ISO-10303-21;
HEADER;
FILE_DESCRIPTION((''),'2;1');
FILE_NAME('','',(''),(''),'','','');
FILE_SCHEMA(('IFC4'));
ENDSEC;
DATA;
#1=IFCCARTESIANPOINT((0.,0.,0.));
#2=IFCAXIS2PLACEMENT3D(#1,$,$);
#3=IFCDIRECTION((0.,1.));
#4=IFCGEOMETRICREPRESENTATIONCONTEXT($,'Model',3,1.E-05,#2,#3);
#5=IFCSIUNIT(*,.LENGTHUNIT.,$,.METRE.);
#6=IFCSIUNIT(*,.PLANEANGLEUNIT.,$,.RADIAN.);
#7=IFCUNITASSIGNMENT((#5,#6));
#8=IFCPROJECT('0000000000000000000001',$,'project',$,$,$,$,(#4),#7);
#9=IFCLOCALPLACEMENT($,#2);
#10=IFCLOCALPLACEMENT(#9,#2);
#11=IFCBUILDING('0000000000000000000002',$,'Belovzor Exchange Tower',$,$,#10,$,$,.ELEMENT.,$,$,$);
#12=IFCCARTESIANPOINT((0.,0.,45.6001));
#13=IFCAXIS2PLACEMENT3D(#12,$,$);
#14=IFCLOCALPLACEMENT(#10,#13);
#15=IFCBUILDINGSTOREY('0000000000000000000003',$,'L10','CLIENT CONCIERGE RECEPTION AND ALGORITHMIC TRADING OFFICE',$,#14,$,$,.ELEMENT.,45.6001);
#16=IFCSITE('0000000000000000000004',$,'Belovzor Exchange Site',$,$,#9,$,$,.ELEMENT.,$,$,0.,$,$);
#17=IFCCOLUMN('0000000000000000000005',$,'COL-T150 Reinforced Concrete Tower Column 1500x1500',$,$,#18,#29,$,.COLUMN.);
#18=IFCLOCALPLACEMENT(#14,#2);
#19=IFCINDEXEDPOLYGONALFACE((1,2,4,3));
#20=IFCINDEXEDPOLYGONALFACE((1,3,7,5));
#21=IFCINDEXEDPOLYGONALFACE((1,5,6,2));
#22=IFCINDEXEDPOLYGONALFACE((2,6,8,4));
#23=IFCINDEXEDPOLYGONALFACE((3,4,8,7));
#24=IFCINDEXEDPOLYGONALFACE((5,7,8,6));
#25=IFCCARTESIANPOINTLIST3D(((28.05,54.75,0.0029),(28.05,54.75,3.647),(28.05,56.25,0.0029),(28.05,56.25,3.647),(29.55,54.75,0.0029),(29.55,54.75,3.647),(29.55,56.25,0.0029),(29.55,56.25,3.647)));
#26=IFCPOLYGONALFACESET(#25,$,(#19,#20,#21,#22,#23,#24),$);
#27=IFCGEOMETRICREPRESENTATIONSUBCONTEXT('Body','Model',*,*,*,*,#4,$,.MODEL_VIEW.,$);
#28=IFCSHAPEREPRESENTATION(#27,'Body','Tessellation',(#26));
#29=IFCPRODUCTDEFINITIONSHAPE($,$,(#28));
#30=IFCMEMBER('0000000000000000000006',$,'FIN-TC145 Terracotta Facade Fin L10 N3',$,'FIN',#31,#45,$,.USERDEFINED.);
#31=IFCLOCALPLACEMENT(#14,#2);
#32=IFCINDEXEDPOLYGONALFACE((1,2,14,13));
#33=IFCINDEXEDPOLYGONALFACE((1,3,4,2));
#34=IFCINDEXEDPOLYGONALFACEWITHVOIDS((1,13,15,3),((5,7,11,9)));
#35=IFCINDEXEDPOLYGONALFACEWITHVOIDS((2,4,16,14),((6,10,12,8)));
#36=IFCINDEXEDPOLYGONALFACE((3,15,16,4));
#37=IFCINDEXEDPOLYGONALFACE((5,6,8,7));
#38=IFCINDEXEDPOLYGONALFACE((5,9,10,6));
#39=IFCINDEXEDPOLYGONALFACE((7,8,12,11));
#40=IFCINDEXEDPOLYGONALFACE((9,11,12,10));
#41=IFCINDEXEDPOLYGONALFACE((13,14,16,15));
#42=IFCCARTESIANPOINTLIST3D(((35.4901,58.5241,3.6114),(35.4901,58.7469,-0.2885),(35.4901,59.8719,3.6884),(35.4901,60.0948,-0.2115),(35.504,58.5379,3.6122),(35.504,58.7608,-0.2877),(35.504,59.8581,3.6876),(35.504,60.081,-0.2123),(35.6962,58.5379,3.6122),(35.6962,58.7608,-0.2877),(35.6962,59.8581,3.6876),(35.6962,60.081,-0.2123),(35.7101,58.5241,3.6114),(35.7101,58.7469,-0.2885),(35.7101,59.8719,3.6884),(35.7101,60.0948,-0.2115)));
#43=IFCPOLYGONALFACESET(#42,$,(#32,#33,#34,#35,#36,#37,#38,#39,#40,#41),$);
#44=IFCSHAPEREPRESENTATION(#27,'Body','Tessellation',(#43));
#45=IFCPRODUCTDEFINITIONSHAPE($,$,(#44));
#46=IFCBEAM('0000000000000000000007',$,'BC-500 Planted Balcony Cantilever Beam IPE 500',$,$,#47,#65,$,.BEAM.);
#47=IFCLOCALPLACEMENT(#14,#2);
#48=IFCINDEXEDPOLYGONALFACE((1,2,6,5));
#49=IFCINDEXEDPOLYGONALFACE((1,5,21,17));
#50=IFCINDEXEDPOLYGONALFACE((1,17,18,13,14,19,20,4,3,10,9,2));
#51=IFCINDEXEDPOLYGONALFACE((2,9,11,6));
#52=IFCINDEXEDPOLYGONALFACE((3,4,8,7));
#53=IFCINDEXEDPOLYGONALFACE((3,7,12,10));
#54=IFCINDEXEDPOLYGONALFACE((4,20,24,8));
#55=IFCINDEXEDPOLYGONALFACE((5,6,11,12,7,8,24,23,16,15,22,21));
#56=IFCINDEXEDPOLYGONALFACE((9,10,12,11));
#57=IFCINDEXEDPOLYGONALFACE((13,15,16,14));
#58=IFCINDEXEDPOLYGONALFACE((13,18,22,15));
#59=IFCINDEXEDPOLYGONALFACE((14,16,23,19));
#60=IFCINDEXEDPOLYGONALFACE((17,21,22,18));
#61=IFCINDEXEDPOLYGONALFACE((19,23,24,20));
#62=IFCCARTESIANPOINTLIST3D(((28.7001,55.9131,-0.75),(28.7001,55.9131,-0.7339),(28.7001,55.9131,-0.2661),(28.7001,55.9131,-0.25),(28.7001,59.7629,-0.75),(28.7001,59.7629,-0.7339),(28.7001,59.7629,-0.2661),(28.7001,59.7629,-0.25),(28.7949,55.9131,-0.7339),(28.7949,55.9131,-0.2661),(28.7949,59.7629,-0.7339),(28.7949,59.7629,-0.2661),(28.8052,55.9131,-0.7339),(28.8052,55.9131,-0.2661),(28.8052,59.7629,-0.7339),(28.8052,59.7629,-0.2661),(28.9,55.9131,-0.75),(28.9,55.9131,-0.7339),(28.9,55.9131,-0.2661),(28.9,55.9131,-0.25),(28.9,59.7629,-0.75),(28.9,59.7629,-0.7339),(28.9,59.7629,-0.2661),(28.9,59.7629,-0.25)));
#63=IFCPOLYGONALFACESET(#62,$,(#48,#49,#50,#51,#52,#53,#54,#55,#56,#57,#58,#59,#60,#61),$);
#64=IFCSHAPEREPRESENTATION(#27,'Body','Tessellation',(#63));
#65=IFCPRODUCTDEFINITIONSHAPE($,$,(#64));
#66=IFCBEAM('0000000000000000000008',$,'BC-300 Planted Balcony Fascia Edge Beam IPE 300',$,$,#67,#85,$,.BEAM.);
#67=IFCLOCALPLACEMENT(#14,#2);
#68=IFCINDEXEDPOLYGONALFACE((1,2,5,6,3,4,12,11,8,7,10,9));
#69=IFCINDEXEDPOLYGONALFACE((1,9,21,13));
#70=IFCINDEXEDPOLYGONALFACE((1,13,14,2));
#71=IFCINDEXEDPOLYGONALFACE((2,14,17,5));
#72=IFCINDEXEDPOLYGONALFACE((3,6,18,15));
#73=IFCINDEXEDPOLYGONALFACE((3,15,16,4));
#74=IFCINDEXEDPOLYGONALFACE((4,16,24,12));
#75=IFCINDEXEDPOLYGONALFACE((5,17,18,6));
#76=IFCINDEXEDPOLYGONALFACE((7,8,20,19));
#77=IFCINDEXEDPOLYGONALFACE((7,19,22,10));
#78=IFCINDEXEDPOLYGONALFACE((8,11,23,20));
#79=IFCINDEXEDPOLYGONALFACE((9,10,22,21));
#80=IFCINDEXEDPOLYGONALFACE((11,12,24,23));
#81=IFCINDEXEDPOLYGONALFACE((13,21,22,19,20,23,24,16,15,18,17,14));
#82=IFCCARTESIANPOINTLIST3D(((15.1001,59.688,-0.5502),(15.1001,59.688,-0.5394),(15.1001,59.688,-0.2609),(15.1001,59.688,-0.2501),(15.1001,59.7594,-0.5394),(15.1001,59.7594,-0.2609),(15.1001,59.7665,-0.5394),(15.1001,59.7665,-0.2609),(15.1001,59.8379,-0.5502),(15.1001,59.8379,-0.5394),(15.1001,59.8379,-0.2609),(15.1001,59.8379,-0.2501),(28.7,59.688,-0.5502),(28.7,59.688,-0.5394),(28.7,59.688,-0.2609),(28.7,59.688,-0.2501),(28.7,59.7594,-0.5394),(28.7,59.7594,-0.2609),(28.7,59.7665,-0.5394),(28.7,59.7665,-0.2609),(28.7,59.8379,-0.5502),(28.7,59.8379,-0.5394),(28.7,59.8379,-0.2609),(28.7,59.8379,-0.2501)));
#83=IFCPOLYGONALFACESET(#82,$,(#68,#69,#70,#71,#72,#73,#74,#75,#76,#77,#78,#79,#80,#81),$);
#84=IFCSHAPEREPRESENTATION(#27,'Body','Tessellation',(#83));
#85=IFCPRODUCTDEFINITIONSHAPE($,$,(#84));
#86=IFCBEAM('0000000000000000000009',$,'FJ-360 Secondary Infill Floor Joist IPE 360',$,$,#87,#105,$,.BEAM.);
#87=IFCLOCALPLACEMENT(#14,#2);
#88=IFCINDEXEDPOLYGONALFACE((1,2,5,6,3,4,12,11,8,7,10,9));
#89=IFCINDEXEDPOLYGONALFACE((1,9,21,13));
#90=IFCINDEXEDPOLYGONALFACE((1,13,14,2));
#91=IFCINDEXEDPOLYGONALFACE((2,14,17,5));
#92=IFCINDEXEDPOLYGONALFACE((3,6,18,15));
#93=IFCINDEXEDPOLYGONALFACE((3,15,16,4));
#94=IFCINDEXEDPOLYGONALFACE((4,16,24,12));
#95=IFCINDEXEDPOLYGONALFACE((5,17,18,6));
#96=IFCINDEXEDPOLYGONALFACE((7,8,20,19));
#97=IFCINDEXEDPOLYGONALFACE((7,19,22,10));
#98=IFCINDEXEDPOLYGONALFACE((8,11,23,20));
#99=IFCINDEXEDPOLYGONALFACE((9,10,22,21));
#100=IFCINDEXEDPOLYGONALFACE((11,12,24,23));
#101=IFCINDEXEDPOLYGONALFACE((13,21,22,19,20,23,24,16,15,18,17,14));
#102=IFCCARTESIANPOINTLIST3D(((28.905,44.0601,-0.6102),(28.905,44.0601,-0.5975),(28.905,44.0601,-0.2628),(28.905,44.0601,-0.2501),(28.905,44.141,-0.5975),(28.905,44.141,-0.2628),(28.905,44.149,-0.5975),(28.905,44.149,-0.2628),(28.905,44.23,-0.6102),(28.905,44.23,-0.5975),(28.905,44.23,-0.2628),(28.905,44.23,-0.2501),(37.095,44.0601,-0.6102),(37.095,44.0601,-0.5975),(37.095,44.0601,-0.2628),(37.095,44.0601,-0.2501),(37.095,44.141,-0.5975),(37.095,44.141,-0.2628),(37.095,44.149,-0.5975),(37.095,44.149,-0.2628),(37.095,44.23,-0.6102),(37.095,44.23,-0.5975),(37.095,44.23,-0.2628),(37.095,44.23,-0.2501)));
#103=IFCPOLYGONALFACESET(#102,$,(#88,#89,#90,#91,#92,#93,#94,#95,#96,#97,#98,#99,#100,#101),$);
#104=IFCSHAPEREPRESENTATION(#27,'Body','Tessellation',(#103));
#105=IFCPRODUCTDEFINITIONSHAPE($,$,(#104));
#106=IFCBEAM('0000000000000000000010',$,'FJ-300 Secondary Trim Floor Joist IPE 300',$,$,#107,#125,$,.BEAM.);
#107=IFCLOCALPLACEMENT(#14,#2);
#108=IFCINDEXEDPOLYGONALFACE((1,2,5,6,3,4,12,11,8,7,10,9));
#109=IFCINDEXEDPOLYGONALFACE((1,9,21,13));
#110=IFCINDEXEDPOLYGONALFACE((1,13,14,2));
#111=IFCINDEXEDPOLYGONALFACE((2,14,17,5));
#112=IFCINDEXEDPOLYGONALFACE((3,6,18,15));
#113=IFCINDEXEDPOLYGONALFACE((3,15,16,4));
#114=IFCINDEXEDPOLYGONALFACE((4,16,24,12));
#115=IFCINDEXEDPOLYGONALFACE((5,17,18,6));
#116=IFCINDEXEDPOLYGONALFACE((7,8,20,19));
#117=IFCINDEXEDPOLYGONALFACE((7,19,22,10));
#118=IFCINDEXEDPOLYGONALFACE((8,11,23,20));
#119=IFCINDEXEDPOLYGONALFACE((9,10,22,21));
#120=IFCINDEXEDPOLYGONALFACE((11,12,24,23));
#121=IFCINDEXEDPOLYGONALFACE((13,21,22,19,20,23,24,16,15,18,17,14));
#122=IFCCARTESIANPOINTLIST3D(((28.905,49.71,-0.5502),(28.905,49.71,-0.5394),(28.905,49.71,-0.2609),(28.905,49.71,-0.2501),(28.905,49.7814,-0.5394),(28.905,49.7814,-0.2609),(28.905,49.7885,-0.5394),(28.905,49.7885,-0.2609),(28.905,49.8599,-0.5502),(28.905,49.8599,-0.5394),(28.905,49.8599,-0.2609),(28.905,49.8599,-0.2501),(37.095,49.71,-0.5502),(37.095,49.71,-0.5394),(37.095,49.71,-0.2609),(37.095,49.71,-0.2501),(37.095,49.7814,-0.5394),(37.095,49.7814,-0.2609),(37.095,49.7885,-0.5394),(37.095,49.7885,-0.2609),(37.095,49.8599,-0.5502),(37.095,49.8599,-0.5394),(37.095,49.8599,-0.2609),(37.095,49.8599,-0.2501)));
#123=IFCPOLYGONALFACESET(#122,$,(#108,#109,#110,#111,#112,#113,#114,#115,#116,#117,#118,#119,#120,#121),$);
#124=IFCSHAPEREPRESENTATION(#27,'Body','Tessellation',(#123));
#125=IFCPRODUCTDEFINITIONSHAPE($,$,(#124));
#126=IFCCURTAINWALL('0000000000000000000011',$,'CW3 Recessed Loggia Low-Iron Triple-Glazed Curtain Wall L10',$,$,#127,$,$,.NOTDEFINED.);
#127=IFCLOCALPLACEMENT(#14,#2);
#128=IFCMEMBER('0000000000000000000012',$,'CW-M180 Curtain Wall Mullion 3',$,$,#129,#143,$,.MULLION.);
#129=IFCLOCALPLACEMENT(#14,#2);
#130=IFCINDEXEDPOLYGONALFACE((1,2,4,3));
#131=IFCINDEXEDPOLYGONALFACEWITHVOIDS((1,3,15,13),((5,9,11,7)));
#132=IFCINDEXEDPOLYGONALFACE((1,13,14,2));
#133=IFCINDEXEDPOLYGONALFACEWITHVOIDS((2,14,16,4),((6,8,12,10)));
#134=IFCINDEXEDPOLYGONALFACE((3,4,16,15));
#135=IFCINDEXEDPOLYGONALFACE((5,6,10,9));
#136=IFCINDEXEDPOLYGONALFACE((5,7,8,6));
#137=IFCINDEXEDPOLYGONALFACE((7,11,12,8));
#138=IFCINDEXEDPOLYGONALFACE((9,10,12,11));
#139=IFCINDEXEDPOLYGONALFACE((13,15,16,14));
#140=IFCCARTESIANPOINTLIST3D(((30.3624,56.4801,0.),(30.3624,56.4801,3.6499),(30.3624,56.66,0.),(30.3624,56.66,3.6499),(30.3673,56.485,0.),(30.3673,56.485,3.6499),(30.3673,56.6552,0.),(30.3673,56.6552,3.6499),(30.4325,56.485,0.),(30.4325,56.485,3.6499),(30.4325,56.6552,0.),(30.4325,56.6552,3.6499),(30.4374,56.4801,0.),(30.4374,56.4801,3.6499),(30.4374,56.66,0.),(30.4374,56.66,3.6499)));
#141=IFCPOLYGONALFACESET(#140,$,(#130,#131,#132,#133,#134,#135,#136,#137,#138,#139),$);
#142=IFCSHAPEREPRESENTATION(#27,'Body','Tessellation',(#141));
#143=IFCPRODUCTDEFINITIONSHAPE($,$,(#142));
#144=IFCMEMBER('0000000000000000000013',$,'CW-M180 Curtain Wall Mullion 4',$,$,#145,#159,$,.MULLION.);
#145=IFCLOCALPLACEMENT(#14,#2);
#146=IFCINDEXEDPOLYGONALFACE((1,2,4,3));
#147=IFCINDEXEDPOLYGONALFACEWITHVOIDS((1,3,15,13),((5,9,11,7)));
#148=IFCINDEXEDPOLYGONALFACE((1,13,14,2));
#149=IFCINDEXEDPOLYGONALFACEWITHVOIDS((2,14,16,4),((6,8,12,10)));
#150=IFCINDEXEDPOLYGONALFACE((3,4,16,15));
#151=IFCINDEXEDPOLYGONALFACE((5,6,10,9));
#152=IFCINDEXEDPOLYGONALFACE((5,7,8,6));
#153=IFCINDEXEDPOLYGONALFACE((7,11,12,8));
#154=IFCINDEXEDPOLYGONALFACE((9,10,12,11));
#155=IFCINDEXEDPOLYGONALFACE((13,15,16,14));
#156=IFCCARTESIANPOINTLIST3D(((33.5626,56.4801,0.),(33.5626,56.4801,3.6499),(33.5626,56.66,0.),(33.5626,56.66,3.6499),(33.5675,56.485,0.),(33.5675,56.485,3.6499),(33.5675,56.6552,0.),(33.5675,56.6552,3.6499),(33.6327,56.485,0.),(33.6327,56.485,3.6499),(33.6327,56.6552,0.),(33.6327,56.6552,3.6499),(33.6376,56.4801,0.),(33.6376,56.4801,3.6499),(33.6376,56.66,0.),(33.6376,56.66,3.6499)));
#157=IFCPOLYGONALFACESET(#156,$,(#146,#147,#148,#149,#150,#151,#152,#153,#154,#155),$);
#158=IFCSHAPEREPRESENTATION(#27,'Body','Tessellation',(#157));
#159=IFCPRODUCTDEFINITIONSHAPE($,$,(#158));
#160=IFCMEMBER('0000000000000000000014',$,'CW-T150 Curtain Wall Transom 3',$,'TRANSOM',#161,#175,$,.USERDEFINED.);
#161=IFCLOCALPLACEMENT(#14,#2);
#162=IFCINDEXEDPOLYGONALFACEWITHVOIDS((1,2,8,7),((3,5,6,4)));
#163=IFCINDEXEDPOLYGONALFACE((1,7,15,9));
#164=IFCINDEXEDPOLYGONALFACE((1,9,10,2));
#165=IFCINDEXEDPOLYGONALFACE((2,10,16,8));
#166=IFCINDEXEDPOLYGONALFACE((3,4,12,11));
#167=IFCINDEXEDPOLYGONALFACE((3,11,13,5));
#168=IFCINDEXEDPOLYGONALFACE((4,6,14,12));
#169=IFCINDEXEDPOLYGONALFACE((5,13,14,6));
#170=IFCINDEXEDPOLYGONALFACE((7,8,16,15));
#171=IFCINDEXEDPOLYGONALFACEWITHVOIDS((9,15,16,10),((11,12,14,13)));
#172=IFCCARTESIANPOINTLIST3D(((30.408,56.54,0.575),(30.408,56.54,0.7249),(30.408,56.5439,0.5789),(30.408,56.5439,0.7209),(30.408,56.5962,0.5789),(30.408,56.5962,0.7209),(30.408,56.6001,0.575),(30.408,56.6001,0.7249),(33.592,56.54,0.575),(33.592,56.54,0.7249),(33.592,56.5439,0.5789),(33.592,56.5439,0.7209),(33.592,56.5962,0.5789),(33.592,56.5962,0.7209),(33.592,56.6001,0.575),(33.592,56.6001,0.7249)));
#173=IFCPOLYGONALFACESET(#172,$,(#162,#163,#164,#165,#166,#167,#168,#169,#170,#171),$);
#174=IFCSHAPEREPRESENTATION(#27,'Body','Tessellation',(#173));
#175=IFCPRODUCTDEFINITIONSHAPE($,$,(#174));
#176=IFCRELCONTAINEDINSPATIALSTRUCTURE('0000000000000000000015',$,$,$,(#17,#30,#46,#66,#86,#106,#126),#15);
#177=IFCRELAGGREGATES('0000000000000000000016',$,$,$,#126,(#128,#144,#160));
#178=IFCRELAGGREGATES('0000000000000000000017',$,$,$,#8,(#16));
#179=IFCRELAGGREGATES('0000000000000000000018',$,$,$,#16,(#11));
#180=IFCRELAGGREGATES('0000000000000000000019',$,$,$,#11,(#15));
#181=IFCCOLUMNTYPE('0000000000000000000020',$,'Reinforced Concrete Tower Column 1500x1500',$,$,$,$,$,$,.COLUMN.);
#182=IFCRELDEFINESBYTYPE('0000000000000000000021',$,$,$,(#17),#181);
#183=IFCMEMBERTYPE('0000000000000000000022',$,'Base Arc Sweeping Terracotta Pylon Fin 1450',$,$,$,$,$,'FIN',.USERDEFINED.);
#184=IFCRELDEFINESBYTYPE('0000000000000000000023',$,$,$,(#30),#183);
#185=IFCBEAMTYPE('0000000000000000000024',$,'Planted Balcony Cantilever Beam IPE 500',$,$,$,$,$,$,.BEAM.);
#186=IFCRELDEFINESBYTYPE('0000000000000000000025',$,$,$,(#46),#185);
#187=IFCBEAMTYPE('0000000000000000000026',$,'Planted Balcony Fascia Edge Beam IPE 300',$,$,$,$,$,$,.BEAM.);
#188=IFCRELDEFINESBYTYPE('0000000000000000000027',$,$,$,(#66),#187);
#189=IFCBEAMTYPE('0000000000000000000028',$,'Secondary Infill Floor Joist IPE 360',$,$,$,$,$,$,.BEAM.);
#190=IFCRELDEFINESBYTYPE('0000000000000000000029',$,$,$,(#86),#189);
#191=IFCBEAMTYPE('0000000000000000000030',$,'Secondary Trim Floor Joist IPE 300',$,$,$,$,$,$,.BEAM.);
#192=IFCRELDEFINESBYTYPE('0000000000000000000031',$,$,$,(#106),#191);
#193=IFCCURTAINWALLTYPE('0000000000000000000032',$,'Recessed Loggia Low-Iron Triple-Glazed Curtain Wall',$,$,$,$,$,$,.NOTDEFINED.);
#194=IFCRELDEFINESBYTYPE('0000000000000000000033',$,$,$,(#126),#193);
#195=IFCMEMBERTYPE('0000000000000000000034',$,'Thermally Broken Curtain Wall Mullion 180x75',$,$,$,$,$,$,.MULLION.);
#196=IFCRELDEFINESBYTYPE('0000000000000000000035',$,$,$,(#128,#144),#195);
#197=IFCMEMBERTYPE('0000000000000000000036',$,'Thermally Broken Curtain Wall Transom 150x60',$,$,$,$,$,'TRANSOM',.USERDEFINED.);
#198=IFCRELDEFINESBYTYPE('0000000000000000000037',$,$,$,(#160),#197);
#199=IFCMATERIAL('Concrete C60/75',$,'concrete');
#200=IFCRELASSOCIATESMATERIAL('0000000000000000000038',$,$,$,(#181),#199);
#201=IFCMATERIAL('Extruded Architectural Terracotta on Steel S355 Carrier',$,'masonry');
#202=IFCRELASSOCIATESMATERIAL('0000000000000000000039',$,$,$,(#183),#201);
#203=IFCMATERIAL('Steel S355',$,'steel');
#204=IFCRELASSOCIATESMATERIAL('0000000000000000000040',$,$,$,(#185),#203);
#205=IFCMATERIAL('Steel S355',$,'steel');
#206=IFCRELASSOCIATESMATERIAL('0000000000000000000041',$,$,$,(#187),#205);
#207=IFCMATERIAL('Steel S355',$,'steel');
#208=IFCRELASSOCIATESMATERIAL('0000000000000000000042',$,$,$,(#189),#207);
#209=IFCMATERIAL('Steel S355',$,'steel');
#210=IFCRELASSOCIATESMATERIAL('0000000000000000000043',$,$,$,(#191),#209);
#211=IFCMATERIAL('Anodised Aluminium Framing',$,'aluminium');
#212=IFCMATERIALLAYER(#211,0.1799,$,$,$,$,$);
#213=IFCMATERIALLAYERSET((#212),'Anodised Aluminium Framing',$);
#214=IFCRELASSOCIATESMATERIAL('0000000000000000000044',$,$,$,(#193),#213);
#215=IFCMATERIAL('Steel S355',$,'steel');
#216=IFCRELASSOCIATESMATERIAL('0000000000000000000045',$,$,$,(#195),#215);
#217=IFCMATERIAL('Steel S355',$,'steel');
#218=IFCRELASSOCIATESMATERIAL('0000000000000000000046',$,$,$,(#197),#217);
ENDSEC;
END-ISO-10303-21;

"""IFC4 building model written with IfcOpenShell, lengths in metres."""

from ifc_helpers import new_model, si_unit, direction, frame, origin, origin_2d, place, context, subcontext, project, spatial, rectangle, hollow_rectangle, i_section, extrude, material, layer, layer_set, material_profile, profile_set, type_object, element, aggregate, save


model = new_model("IFC4")

# Units and contexts
model_context = context("Model", 3, precision=1e-05, world=origin(), true_north=direction((0.0, 1.0)))
body_context = subcontext(model_context, "Body", "Model", "MODEL_VIEW")
ifc_project = project(units=[si_unit("LENGTHUNIT", "METRE"), si_unit("PLANEANGLEUNIT", "RADIAN")], contexts=[model_context])

# Site, building, storey
site_placement = place(None, origin())
site = spatial("IfcSite", under=ifc_project, at=site_placement, Name="Belovzor Exchange Site", CompositionType="ELEMENT", RefElevation=0.0)
building_placement = place(site_placement, origin())
building = spatial("IfcBuilding", under=site, at=building_placement, Name="Belovzor Exchange Tower", CompositionType="ELEMENT")
storey_placement = place(building_placement, frame((0.0, 0.0, 45.6001)))
storey = spatial("IfcBuildingStorey", under=building, at=storey_placement, Name="L10", Description="CLIENT CONCIERGE RECEPTION AND ALGORITHMIC TRADING OFFICE", CompositionType="ELEMENT", Elevation=45.6001)

# Column
ifc_material_1 = material(Name="Concrete C60/75", Category="concrete")
ifc_material_profile_1 = material_profile(ifc_material_1, rectangle(XDim=1.5, YDim=1.5, at=origin_2d()))
ifc_profile_set_1 = profile_set([ifc_material_profile_1], Name="Concrete C60/75")
column_type = type_object("IfcColumnType", Name="Reinforced Concrete Tower Column 1500x1500", PredefinedType="COLUMN", material=ifc_profile_set_1)
column_placement = place(storey_placement, frame((28.8, 55.5, 0.0029), z_axis=(0.0, 0.0, 1.0), x_axis=(1.0, 0.0, 0.0)))
element("IfcColumn", 1, at=column_placement, inside=storey, type_object=column_type, Name="COL-T150 Reinforced Concrete Tower Column 1500x1500", PredefinedType="COLUMN", context=body_context, shape_type="SweptSolid", body=[
    extrude(rectangle(XDim=1.5, YDim=1.5, at=origin_2d()), origin(), (0.0, 0.0, 1.0), 3.644),
])

# Member
ifc_material_2 = material(Name="Extruded Architectural Terracotta on Steel S355 Carrier", Category="masonry")
ifc_material_profile_2 = material_profile(ifc_material_2, hollow_rectangle(XDim=0.22, YDim=1.3501, WallThickness=0.0139, at=origin_2d()))
ifc_profile_set_2 = profile_set([ifc_material_profile_2], Name="Extruded Architectural Terracotta on Steel S355 Carrier")
member_type_1 = type_object("IfcMemberType", Name="Base Arc Sweeping Terracotta Pylon Fin 1450", ElementType="FIN", PredefinedType="USERDEFINED", material=ifc_profile_set_2)
member_1_placement = place(storey_placement, frame((35.6001, 59.4209, -0.25), z_axis=(0.0, -0.057062, 0.998371), x_axis=(1.0, 0.0, 0.0)))
element("IfcMember", 2, at=member_1_placement, inside=storey, type_object=member_type_1, Name="FIN-TC145 Terracotta Facade Fin L10 N3", ObjectType="FIN", PredefinedType="USERDEFINED", context=body_context, shape_type="SweptSolid", body=[
    extrude(hollow_rectangle(XDim=0.22, YDim=1.3501, WallThickness=0.0139, at=origin_2d()), origin(), (0.0, 0.0, 1.0), 3.9062),
])

# Beams
ifc_material_3 = material(Name="Steel S355", Category="steel")
ifc_material_profile_3 = material_profile(ifc_material_3, i_section(OverallWidth=0.2, OverallDepth=0.5, WebThickness=0.0103, FlangeThickness=0.0161, at=origin_2d()))
ifc_profile_set_3 = profile_set([ifc_material_profile_3], Name="Steel S355")
beam_type_1 = type_object("IfcBeamType", Name="Planted Balcony Cantilever Beam IPE 500", PredefinedType="BEAM", material=ifc_profile_set_3)
beam_1_placement = place(storey_placement, frame((28.8, 55.9131, -0.5), z_axis=(0.0, 1.0, 0.0), x_axis=(-1.0, 0.0, 0.0)))
element("IfcBeam", 3, at=beam_1_placement, inside=storey, type_object=beam_type_1, Name="BC-500 Planted Balcony Cantilever Beam IPE 500", PredefinedType="BEAM", context=body_context, shape_type="SweptSolid", body=[
    extrude(i_section(OverallWidth=0.2, OverallDepth=0.5, WebThickness=0.0103, FlangeThickness=0.0161, at=origin_2d()), origin(), (0.0, 0.0, 1.0), 3.8499),
])
ifc_material_4 = material(Name="Steel S355", Category="steel")
ifc_material_profile_4 = material_profile(ifc_material_4, i_section(OverallWidth=0.1499, OverallDepth=0.3, WebThickness=0.0071, FlangeThickness=0.0107, at=origin_2d()))
ifc_profile_set_4 = profile_set([ifc_material_profile_4], Name="Steel S355")
beam_type_2 = type_object("IfcBeamType", Name="Planted Balcony Fascia Edge Beam IPE 300", PredefinedType="BEAM", material=ifc_profile_set_4)
beam_2_placement = place(storey_placement, frame((28.7, 59.7629, -0.4001), z_axis=(-1.0, 0.0, 0.0), x_axis=(0.0, -1.0, 0.0)))
element("IfcBeam", 4, at=beam_2_placement, inside=storey, type_object=beam_type_2, Name="BC-300 Planted Balcony Fascia Edge Beam IPE 300", PredefinedType="BEAM", context=body_context, shape_type="SweptSolid", body=[
    extrude(i_section(OverallWidth=0.1499, OverallDepth=0.3, WebThickness=0.0071, FlangeThickness=0.0107, at=origin_2d()), origin(), (0.0, 0.0, 1.0), 13.5999),
])
ifc_material_5 = material(Name="Steel S355", Category="steel")
ifc_material_profile_5 = material_profile(ifc_material_5, i_section(OverallWidth=0.1699, OverallDepth=0.3601, WebThickness=0.0081, FlangeThickness=0.0127, at=origin_2d()))
ifc_profile_set_5 = profile_set([ifc_material_profile_5], Name="Steel S355")
beam_type_3 = type_object("IfcBeamType", Name="Secondary Infill Floor Joist IPE 360", PredefinedType="BEAM", material=ifc_profile_set_5)
beam_3_placement = place(storey_placement, frame((28.905, 44.145, -0.4302), z_axis=(1.0, 0.0, 0.0), x_axis=(0.0, 1.0, 0.0)))
element("IfcBeam", 5, at=beam_3_placement, inside=storey, type_object=beam_type_3, Name="FJ-360 Secondary Infill Floor Joist IPE 360", PredefinedType="BEAM", context=body_context, shape_type="SweptSolid", body=[
    extrude(i_section(OverallWidth=0.1699, OverallDepth=0.3601, WebThickness=0.0081, FlangeThickness=0.0127, at=origin_2d()), origin(), (0.0, 0.0, 1.0), 8.1899),
])
ifc_material_6 = material(Name="Steel S355", Category="steel")
ifc_material_profile_6 = material_profile(ifc_material_6, i_section(OverallWidth=0.1499, OverallDepth=0.3, WebThickness=0.0071, FlangeThickness=0.0107, at=origin_2d()))
ifc_profile_set_6 = profile_set([ifc_material_profile_6], Name="Steel S355")
beam_type_4 = type_object("IfcBeamType", Name="Secondary Trim Floor Joist IPE 300", PredefinedType="BEAM", material=ifc_profile_set_6)
beam_4_placement = place(storey_placement, frame((28.905, 49.7849, -0.4001), z_axis=(1.0, 0.0, 0.0), x_axis=(0.0, 1.0, 0.0)))
element("IfcBeam", 6, at=beam_4_placement, inside=storey, type_object=beam_type_4, Name="FJ-300 Secondary Trim Floor Joist IPE 300", PredefinedType="BEAM", context=body_context, shape_type="SweptSolid", body=[
    extrude(i_section(OverallWidth=0.1499, OverallDepth=0.3, WebThickness=0.0071, FlangeThickness=0.0107, at=origin_2d()), origin(), (0.0, 0.0, 1.0), 8.1899),
])

# Curtain wall, members
ifc_material_7 = material(Name="Anodised Aluminium Framing", Category="aluminium")
ifc_layer_1 = layer(ifc_material_7, 0.1799)
ifc_layer_set_1 = layer_set([ifc_layer_1], Name="Anodised Aluminium Framing")
curtain_wall_type = type_object("IfcCurtainWallType", Name="Recessed Loggia Low-Iron Triple-Glazed Curtain Wall", PredefinedType="NOTDEFINED", material=ifc_layer_set_1)
curtain_wall_placement = place(storey_placement, origin())
curtain_wall = element("IfcCurtainWall", 7, at=curtain_wall_placement, inside=storey, type_object=curtain_wall_type, Name="CW3 Recessed Loggia Low-Iron Triple-Glazed Curtain Wall L10", PredefinedType="NOTDEFINED")
ifc_material_8 = material(Name="Steel S355", Category="steel")
ifc_material_profile_7 = material_profile(ifc_material_8, hollow_rectangle(XDim=0.075, YDim=0.1799, WallThickness=0.0049, at=origin_2d()))
ifc_profile_set_7 = profile_set([ifc_material_profile_7], Name="Steel S355")
member_type_2 = type_object("IfcMemberType", Name="Thermally Broken Curtain Wall Mullion 180x75", PredefinedType="MULLION", material=ifc_profile_set_7)
member_2_placement = place(storey_placement, frame((30.3999, 56.5701, 0.0), z_axis=(0.0, 0.0, 1.0), x_axis=(1.0, 0.0, 0.0)))
member_2 = element("IfcMember", 8, at=member_2_placement, type_object=member_type_2, Name="CW-M180 Curtain Wall Mullion 3", PredefinedType="MULLION", context=body_context, shape_type="SweptSolid", body=[
    extrude(hollow_rectangle(XDim=0.075, YDim=0.1799, WallThickness=0.0049, at=origin_2d()), origin(), (0.0, 0.0, 1.0), 3.6499),
])
member_3_placement = place(storey_placement, frame((33.6001, 56.5701, 0.0), z_axis=(0.0, 0.0, 1.0), x_axis=(1.0, 0.0, 0.0)))
member_3 = element("IfcMember", 9, at=member_3_placement, type_object=member_type_2, Name="CW-M180 Curtain Wall Mullion 4", PredefinedType="MULLION", context=body_context, shape_type="SweptSolid", body=[
    extrude(hollow_rectangle(XDim=0.075, YDim=0.1799, WallThickness=0.0049, at=origin_2d()), origin(), (0.0, 0.0, 1.0), 3.6499),
])
ifc_material_9 = material(Name="Steel S355", Category="steel")
ifc_material_profile_8 = material_profile(ifc_material_9, hollow_rectangle(XDim=0.0601, YDim=0.1499, WallThickness=0.0039, at=origin_2d()))
ifc_profile_set_8 = profile_set([ifc_material_profile_8], Name="Steel S355")
member_type_3 = type_object("IfcMemberType", Name="Thermally Broken Curtain Wall Transom 150x60", ElementType="TRANSOM", PredefinedType="USERDEFINED", material=ifc_profile_set_8)
member_4_placement = place(storey_placement, frame((30.408, 56.5701, 0.6499), z_axis=(1.0, 0.0, 0.0), x_axis=(0.0, 1.0, 0.0)))
member_4 = element("IfcMember", 10, at=member_4_placement, type_object=member_type_3, Name="CW-T150 Curtain Wall Transom 3", ObjectType="TRANSOM", PredefinedType="USERDEFINED", context=body_context, shape_type="SweptSolid", body=[
    extrude(hollow_rectangle(XDim=0.0601, YDim=0.1499, WallThickness=0.0039, at=origin_2d()), origin(), (0.0, 0.0, 1.0), 3.1841),
])

aggregate(curtain_wall, [member_2, member_3, member_4])

save(model, "model.ifc")
